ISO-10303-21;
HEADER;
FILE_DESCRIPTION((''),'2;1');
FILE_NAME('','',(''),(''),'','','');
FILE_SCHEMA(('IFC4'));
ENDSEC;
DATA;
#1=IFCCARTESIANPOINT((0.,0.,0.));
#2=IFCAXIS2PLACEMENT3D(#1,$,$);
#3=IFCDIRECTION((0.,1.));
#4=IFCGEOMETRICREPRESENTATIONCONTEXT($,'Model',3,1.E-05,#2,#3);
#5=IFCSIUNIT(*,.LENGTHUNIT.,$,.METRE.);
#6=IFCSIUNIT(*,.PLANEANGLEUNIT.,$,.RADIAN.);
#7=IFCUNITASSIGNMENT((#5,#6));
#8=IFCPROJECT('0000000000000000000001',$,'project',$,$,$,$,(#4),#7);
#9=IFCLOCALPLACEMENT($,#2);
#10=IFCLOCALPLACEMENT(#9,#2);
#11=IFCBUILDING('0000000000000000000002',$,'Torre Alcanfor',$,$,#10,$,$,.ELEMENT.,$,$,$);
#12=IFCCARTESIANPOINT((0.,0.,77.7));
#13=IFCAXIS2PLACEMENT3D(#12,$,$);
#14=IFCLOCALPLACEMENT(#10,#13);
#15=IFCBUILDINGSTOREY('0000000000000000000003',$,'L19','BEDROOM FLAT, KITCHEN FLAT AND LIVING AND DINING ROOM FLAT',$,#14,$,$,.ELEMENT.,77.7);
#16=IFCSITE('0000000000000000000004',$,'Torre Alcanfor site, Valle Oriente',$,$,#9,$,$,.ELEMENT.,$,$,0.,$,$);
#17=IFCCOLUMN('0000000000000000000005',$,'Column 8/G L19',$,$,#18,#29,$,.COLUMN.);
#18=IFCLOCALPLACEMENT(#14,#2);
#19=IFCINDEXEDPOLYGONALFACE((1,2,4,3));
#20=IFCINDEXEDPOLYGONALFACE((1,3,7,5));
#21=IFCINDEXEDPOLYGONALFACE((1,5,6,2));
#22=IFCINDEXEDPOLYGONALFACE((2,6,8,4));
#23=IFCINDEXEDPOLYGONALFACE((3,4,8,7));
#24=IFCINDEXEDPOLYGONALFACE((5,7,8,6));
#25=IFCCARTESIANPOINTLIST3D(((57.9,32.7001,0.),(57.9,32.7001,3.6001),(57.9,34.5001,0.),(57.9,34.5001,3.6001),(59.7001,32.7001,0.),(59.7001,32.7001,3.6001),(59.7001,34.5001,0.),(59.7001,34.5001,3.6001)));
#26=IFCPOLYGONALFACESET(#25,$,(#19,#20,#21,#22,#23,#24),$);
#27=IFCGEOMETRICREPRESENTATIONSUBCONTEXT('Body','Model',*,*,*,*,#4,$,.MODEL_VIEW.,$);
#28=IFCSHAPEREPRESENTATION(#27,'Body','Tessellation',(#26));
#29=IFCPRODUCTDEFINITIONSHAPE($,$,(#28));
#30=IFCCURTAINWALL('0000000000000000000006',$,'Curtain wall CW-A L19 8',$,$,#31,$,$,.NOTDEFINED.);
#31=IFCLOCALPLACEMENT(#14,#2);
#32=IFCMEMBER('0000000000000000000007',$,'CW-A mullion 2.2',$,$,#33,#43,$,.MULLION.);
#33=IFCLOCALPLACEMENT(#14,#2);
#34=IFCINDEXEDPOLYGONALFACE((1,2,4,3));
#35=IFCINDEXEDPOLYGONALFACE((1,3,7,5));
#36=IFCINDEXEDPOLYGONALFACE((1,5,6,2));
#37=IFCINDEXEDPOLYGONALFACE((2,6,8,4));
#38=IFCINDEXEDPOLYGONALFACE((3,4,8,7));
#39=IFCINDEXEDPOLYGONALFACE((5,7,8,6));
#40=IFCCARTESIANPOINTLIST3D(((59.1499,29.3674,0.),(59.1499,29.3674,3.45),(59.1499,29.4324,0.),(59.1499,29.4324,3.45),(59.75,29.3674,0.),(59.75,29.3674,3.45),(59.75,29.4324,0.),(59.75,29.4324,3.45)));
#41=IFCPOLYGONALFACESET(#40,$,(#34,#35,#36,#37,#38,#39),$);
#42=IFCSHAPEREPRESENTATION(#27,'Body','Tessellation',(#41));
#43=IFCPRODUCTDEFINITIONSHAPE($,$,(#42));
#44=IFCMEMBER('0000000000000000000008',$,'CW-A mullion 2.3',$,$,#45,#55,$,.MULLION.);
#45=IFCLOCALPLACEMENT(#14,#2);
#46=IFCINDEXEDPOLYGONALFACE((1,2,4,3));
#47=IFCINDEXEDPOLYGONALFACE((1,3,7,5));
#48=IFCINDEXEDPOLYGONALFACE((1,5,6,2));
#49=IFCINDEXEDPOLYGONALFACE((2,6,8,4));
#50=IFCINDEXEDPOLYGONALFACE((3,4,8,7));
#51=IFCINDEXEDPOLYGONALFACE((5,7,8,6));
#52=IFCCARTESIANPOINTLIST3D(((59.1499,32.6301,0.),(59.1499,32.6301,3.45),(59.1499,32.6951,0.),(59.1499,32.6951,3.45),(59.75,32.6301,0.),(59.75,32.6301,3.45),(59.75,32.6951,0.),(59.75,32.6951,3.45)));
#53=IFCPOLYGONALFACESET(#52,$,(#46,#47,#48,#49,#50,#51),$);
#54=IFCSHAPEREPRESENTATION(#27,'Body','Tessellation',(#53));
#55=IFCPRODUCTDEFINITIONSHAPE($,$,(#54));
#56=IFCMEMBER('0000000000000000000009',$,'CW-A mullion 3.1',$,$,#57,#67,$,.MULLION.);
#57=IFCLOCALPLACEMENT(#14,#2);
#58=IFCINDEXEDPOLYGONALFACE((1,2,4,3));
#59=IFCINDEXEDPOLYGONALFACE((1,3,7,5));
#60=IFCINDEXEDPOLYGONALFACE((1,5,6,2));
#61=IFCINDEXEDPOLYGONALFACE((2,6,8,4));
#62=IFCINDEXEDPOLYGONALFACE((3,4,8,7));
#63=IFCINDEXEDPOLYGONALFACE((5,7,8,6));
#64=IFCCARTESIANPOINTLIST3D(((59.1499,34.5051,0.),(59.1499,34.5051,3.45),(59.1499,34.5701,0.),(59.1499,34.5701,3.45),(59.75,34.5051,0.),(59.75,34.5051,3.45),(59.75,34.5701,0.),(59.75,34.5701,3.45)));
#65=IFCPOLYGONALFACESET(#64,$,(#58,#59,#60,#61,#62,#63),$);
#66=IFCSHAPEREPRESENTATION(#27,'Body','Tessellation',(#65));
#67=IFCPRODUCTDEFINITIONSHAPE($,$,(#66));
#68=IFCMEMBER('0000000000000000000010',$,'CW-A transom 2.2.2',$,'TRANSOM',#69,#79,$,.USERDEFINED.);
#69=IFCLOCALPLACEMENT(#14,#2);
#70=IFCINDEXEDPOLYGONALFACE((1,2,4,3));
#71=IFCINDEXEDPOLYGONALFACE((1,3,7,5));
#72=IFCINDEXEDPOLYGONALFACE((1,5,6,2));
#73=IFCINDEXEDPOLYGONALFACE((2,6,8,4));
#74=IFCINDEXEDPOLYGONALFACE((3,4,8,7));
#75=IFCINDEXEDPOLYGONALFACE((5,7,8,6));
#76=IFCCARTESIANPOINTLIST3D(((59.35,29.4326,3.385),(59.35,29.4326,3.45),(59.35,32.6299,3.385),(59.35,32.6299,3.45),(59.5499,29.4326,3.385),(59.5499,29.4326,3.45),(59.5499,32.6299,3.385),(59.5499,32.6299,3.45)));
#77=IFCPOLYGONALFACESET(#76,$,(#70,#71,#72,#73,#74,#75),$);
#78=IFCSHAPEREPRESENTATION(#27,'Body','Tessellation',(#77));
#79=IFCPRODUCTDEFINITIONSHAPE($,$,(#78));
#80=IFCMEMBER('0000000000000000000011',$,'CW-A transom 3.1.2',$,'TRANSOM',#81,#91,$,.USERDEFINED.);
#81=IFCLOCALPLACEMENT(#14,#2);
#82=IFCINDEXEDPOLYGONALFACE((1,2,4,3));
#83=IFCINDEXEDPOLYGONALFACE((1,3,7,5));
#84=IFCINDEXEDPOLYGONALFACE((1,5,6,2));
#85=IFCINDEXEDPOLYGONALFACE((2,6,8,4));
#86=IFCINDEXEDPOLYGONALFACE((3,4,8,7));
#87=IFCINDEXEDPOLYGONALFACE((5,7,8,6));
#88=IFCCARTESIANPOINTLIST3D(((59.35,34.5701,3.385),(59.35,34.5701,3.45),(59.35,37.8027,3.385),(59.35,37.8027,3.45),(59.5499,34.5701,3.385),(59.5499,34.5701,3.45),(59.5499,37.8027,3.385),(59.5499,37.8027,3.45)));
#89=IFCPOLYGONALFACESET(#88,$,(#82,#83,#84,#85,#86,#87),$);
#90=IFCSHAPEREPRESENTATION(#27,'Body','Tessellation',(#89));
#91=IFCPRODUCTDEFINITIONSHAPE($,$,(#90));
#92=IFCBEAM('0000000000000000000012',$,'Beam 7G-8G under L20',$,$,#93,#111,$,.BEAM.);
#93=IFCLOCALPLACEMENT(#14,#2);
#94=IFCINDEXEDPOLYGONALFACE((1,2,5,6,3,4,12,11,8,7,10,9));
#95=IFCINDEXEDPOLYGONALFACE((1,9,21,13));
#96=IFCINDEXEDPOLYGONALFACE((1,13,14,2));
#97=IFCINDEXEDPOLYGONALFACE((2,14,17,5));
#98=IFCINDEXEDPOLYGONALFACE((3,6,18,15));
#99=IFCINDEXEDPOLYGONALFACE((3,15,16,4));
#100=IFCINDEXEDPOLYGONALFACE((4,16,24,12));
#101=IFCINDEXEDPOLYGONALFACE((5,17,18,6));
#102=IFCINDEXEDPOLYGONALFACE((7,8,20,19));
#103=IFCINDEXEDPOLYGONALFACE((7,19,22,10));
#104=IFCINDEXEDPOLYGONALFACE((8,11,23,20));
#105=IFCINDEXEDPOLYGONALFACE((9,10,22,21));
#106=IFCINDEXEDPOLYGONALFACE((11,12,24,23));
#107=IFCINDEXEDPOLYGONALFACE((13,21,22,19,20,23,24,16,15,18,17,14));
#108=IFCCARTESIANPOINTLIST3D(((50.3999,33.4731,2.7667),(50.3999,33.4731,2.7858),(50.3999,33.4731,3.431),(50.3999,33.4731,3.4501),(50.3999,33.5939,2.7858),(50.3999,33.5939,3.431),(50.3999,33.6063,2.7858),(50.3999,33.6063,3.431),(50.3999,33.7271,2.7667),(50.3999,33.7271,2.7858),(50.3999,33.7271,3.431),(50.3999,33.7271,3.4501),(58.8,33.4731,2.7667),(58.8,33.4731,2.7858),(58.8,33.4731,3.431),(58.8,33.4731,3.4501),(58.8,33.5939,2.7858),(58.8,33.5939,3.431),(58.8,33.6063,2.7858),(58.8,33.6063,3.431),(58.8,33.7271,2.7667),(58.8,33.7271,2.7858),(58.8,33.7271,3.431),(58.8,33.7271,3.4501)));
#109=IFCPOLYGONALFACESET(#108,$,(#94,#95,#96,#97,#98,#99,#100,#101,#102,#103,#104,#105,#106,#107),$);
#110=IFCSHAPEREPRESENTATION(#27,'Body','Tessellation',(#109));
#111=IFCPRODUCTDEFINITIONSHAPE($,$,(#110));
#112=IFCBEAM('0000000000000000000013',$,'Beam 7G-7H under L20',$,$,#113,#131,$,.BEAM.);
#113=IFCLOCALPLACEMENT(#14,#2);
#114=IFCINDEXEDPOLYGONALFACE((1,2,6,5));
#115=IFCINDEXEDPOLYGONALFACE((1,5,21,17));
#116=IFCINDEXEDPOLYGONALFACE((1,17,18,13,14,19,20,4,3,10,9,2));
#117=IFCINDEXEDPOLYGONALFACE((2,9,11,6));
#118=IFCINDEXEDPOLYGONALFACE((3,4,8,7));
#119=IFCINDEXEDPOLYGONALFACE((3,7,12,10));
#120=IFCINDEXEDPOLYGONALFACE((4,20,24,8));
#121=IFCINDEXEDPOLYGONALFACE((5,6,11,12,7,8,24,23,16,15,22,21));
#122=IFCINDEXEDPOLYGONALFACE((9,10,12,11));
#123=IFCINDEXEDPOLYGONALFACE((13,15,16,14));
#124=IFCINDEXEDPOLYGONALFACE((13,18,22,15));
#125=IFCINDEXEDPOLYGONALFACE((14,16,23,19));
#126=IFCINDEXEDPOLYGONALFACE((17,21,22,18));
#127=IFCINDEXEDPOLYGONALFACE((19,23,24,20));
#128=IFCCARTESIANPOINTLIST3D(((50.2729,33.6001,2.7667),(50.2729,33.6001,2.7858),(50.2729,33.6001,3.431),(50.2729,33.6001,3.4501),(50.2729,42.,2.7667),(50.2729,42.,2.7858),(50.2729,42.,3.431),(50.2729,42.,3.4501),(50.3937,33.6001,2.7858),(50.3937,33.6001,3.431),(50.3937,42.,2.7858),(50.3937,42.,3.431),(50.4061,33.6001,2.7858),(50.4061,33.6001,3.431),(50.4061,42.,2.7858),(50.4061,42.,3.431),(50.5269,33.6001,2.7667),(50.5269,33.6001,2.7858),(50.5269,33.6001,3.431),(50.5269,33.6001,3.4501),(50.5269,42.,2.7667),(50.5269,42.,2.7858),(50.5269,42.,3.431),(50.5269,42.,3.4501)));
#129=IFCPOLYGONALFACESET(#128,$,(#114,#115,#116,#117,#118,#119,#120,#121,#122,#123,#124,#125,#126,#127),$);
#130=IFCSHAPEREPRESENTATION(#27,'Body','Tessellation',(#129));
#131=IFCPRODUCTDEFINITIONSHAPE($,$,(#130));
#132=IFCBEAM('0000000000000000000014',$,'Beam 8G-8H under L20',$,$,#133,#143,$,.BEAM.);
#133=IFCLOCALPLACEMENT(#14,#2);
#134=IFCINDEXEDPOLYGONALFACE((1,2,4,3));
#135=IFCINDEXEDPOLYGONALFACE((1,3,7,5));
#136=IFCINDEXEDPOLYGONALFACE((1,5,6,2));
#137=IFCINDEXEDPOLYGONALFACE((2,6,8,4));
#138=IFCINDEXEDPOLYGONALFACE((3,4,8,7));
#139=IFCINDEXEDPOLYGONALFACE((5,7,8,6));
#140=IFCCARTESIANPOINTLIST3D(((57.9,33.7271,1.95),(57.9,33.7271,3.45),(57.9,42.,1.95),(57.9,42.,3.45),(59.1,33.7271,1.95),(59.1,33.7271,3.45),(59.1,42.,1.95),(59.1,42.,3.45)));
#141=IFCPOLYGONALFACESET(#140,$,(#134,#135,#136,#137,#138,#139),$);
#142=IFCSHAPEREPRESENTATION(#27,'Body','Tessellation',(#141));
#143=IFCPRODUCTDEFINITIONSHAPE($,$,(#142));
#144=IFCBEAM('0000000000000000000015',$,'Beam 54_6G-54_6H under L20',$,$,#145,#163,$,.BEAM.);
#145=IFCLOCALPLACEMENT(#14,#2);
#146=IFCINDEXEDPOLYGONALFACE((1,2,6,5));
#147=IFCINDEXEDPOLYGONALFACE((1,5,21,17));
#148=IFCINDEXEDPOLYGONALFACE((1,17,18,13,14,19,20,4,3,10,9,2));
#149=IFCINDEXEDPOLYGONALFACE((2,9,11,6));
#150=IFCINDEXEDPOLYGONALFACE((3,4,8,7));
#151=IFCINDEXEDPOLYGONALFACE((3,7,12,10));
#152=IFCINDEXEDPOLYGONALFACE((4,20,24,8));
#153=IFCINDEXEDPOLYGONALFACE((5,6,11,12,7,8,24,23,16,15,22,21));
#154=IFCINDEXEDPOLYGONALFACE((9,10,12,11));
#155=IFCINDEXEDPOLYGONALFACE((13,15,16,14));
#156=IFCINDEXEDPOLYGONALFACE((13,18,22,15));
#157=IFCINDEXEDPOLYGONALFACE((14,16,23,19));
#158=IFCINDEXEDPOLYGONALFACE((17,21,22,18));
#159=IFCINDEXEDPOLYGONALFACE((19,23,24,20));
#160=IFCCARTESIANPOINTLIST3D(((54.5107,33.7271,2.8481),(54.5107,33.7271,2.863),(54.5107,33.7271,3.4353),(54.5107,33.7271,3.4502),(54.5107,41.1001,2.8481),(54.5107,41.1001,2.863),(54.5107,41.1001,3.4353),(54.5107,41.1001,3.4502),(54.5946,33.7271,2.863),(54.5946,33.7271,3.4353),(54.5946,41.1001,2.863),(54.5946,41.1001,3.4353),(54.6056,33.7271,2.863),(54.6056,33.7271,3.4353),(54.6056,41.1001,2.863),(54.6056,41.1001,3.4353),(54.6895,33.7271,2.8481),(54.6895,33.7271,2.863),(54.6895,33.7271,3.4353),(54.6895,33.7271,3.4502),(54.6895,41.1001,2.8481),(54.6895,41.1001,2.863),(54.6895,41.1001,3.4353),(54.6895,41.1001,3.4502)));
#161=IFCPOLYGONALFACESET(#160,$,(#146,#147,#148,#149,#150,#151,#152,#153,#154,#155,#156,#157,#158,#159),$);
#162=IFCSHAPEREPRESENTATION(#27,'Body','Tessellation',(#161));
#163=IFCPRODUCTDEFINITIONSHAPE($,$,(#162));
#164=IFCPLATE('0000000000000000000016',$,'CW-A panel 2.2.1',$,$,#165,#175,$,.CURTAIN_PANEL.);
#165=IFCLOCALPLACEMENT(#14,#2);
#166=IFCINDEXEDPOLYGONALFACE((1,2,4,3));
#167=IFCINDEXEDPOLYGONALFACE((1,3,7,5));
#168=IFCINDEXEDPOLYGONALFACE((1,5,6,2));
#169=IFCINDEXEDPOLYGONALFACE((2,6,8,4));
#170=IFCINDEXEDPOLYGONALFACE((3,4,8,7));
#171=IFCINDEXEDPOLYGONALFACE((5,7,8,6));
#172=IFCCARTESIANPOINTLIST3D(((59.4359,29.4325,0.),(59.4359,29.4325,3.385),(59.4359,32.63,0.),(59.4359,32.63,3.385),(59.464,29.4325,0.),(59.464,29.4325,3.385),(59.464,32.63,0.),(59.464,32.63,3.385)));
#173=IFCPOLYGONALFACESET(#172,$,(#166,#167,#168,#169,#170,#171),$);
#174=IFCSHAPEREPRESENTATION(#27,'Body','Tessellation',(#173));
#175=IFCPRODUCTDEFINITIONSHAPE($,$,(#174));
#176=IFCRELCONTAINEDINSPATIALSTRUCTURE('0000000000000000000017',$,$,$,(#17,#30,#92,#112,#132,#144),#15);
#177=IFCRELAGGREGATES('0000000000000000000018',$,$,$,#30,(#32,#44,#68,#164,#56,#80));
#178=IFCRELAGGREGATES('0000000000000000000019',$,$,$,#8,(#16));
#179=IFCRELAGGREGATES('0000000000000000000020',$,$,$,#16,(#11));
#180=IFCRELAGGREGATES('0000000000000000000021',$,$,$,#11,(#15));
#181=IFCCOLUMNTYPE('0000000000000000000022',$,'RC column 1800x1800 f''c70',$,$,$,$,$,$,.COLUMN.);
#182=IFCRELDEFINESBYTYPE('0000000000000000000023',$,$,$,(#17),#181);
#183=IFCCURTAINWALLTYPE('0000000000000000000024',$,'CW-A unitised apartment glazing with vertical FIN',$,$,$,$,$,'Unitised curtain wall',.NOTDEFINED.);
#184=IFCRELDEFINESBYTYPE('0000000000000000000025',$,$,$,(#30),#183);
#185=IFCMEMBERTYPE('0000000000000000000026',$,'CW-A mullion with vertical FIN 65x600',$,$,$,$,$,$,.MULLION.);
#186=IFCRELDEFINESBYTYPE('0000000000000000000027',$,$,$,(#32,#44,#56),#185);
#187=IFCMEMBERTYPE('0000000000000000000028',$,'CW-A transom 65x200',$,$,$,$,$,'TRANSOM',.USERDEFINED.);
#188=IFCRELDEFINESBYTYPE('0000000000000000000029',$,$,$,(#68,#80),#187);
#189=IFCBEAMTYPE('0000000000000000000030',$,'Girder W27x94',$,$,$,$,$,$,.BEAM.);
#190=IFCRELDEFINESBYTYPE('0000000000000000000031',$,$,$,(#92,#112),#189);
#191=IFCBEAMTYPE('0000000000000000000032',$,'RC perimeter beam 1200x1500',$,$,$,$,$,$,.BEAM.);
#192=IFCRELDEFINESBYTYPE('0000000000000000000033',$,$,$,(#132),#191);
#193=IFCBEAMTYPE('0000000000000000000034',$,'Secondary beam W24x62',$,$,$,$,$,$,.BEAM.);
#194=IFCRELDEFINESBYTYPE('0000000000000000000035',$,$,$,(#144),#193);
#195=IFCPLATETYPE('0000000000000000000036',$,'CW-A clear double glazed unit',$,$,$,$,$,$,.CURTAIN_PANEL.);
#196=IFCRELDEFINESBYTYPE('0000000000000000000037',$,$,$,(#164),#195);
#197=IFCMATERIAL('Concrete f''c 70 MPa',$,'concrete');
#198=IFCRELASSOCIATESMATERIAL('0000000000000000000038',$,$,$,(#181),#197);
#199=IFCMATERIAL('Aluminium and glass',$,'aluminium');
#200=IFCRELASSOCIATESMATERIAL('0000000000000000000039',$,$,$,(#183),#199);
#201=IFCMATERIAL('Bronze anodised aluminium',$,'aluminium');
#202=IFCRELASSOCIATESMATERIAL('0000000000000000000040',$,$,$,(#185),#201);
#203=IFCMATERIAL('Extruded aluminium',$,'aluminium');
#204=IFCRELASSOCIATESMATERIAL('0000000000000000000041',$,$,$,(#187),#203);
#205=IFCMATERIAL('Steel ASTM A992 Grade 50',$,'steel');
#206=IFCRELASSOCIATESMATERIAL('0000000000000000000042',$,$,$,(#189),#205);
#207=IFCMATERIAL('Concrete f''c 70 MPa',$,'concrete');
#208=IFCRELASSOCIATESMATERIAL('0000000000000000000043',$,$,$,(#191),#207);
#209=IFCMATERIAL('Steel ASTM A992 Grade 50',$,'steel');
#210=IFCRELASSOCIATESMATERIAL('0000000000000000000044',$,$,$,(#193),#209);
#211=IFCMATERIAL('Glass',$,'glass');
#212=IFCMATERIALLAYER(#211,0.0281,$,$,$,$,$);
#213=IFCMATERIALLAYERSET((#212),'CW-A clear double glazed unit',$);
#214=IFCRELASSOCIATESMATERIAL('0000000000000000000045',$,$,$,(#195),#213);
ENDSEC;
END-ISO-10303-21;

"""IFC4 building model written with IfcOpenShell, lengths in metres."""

from ifc_helpers import new_model, si_unit, direction, frame, origin, origin_2d, place, context, subcontext, project, spatial, rectangle, i_section, extrude, material, layer, layer_set, material_profile, profile_set, type_object, element, aggregate, save


model = new_model("IFC4")

# Units and contexts
model_context = context("Model", 3, precision=1e-05, world=origin(), true_north=direction((0.0, 1.0)))
body_context = subcontext(model_context, "Body", "Model", "MODEL_VIEW")
ifc_project = project(units=[si_unit("LENGTHUNIT", "METRE"), si_unit("PLANEANGLEUNIT", "RADIAN")], contexts=[model_context])

# Site, building, storey
site_placement = place(None, origin())
site = spatial("IfcSite", under=ifc_project, at=site_placement, Name="Torre Alcanfor site, Valle Oriente", CompositionType="ELEMENT", RefElevation=0.0)
building_placement = place(site_placement, origin())
building = spatial("IfcBuilding", under=site, at=building_placement, Name="Torre Alcanfor", CompositionType="ELEMENT")
storey_placement = place(building_placement, frame((0.0, 0.0, 77.7)))
storey = spatial("IfcBuildingStorey", under=building, at=storey_placement, Name="L19", Description="BEDROOM FLAT, KITCHEN FLAT AND LIVING AND DINING ROOM FLAT", CompositionType="ELEMENT", Elevation=77.7)

# Column
ifc_material_1 = material(Name="Concrete f'c 70 MPa", Category="concrete")
ifc_material_profile_1 = material_profile(ifc_material_1, rectangle(XDim=1.8, YDim=1.8, at=origin_2d()), Name="1800x1800")
ifc_profile_set_1 = profile_set([ifc_material_profile_1], Name="Concrete f'c 70 MPa")
column_type = type_object("IfcColumnType", Name="RC column 1800x1800 f'c70", PredefinedType="COLUMN", material=ifc_profile_set_1)
column_placement = place(storey_placement, frame((58.8, 33.6001, 0.0), z_axis=(0.0, 0.0, 1.0), x_axis=(1.0, 0.0, 0.0)))
element("IfcColumn", 1, at=column_placement, inside=storey, type_object=column_type, Name="Column 8/G L19", PredefinedType="COLUMN", context=body_context, shape_type="SweptSolid", body=[
    extrude(rectangle(XDim=1.8, YDim=1.8, at=origin_2d()), origin(), (0.0, 0.0, 1.0), 3.6001),
])

# Curtain wall, members
ifc_material_2 = material(Name="Aluminium and glass", Category="aluminium")
curtain_wall_type = type_object("IfcCurtainWallType", Name="CW-A unitised apartment glazing with vertical FIN", ElementType="Unitised curtain wall", PredefinedType="NOTDEFINED", material=ifc_material_2)
curtain_wall_placement = place(storey_placement, origin())
curtain_wall = element("IfcCurtainWall", 2, at=curtain_wall_placement, inside=storey, type_object=curtain_wall_type, Name="Curtain wall CW-A L19 8", PredefinedType="NOTDEFINED")
ifc_material_3 = material(Name="Bronze anodised aluminium", Category="aluminium")
ifc_material_profile_2 = material_profile(ifc_material_3, rectangle(XDim=0.6001, YDim=0.0649, at=origin_2d()), Name="CW-A mullion 65x600")
ifc_profile_set_2 = profile_set([ifc_material_profile_2], Name="Bronze anodised aluminium")
member_type_1 = type_object("IfcMemberType", Name="CW-A mullion with vertical FIN 65x600", PredefinedType="MULLION", material=ifc_profile_set_2)
member_1_placement = place(storey_placement, frame((59.45, 29.3999, 0.0), z_axis=(0.0, 0.0, 1.0), x_axis=(-1.0, 0.0, 0.0)))
member_1 = element("IfcMember", 3, at=member_1_placement, type_object=member_type_1, Name="CW-A mullion 2.2", PredefinedType="MULLION", context=body_context, shape_type="SweptSolid", body=[
    extrude(rectangle(XDim=0.6001, YDim=0.0649, at=origin_2d()), origin(), (0.0, 0.0, 1.0), 3.45),
])
member_2_placement = place(storey_placement, frame((59.45, 32.6626, 0.0), z_axis=(0.0, 0.0, 1.0), x_axis=(-1.0, 0.0, 0.0)))
member_2 = element("IfcMember", 4, at=member_2_placement, type_object=member_type_1, Name="CW-A mullion 2.3", PredefinedType="MULLION", context=body_context, shape_type="SweptSolid", body=[
    extrude(rectangle(XDim=0.6001, YDim=0.0649, at=origin_2d()), origin(), (0.0, 0.0, 1.0), 3.45),
])
member_3_placement = place(storey_placement, frame((59.45, 34.5376, 0.0), z_axis=(0.0, 0.0, 1.0), x_axis=(-1.0, 0.0, 0.0)))
member_3 = element("IfcMember", 5, at=member_3_placement, type_object=member_type_1, Name="CW-A mullion 3.1", PredefinedType="MULLION", context=body_context, shape_type="SweptSolid", body=[
    extrude(rectangle(XDim=0.6001, YDim=0.0649, at=origin_2d()), origin(), (0.0, 0.0, 1.0), 3.45),
])
ifc_material_4 = material(Name="Extruded aluminium", Category="aluminium")
ifc_material_profile_3 = material_profile(ifc_material_4, rectangle(XDim=0.2, YDim=0.0649, at=origin_2d()), Name="CW-A transom 200x65")
ifc_profile_set_3 = profile_set([ifc_material_profile_3], Name="Extruded aluminium")
member_type_2 = type_object("IfcMemberType", Name="CW-A transom 65x200", ElementType="TRANSOM", PredefinedType="USERDEFINED", material=ifc_profile_set_3)
member_4_placement = place(storey_placement, frame((59.45, 29.4326, 3.4175), z_axis=(0.0, 1.0, 0.0), x_axis=(-1.0, 0.0, 0.0)))
member_4 = element("IfcMember", 6, at=member_4_placement, type_object=member_type_2, Name="CW-A transom 2.2.2", ObjectType="TRANSOM", PredefinedType="USERDEFINED", context=body_context, shape_type="SweptSolid", body=[
    extrude(rectangle(XDim=0.2, YDim=0.0649, at=origin_2d()), origin(), (0.0, 0.0, 1.0), 3.1973),
])
member_5_placement = place(storey_placement, frame((59.45, 34.5701, 3.4175), z_axis=(0.0, 1.0, 0.0), x_axis=(-1.0, 0.0, 0.0)))
member_5 = element("IfcMember", 7, at=member_5_placement, type_object=member_type_2, Name="CW-A transom 3.1.2", ObjectType="TRANSOM", PredefinedType="USERDEFINED", context=body_context, shape_type="SweptSolid", body=[
    extrude(rectangle(XDim=0.2, YDim=0.0649, at=origin_2d()), origin(), (0.0, 0.0, 1.0), 3.2327),
])

# Beams
ifc_material_5 = material(Name="Steel ASTM A992 Grade 50", Category="steel")
ifc_material_profile_4 = material_profile(ifc_material_5, i_section(OverallWidth=0.2539, OverallDepth=0.6833, WebThickness=0.0125, FlangeThickness=0.019, at=origin_2d()), Name="W27x94")
ifc_profile_set_4 = profile_set([ifc_material_profile_4], Name="Steel ASTM A992 Grade 50")
beam_type_1 = type_object("IfcBeamType", Name="Girder W27x94", PredefinedType="BEAM", material=ifc_profile_set_4)
beam_1_placement = place(storey_placement, frame((50.3999, 33.6001, 3.1084), z_axis=(1.0, 0.0, 0.0), x_axis=(0.0, 1.0, 0.0)))
element("IfcBeam", 8, at=beam_1_placement, inside=storey, type_object=beam_type_1, Name="Beam 7G-8G under L20", PredefinedType="BEAM", context=body_context, shape_type="SweptSolid", body=[
    extrude(i_section(OverallWidth=0.2539, OverallDepth=0.6833, WebThickness=0.0125, FlangeThickness=0.019, at=origin_2d()), origin(), (0.0, 0.0, 1.0), 8.4001),
])
beam_2_placement = place(storey_placement, frame((50.3999, 33.6001, 3.1084), z_axis=(0.0, 1.0, 0.0), x_axis=(-1.0, 0.0, 0.0)))
element("IfcBeam", 9, at=beam_2_placement, inside=storey, type_object=beam_type_1, Name="Beam 7G-7H under L20", PredefinedType="BEAM", context=body_context, shape_type="SweptSolid", body=[
    extrude(i_section(OverallWidth=0.2539, OverallDepth=0.6833, WebThickness=0.0125, FlangeThickness=0.019, at=origin_2d()), origin(), (0.0, 0.0, 1.0), 8.3999),
])
ifc_material_6 = material(Name="Concrete f'c 70 MPa", Category="concrete")
ifc_material_profile_5 = material_profile(ifc_material_6, rectangle(XDim=1.2, YDim=1.5, at=origin_2d()), Name="1200x1500")
ifc_profile_set_5 = profile_set([ifc_material_profile_5], Name="Concrete f'c 70 MPa")
beam_type_2 = type_object("IfcBeamType", Name="RC perimeter beam 1200x1500", PredefinedType="BEAM", material=ifc_profile_set_5)
beam_3_placement = place(storey_placement, frame((58.5, 33.7271, 2.7), z_axis=(0.0, 1.0, 0.0), x_axis=(-1.0, 0.0, 0.0)))
element("IfcBeam", 10, at=beam_3_placement, inside=storey, type_object=beam_type_2, Name="Beam 8G-8H under L20", PredefinedType="BEAM", context=body_context, shape_type="SweptSolid", body=[
    extrude(rectangle(XDim=1.2, YDim=1.5, at=origin_2d()), origin(), (0.0, 0.0, 1.0), 8.2729),
])
ifc_material_7 = material(Name="Steel ASTM A992 Grade 50", Category="steel")
ifc_material_profile_6 = material_profile(ifc_material_7, i_section(OverallWidth=0.1787, OverallDepth=0.6021, WebThickness=0.011, FlangeThickness=0.0149, at=origin_2d()), Name="W24x62")
ifc_profile_set_6 = profile_set([ifc_material_profile_6], Name="Steel ASTM A992 Grade 50")
beam_type_3 = type_object("IfcBeamType", Name="Secondary beam W24x62", PredefinedType="BEAM", material=ifc_profile_set_6)
beam_4_placement = place(storey_placement, frame((54.6001, 33.7271, 3.1492), z_axis=(0.0, 1.0, 0.0), x_axis=(-1.0, 0.0, 0.0)))
element("IfcBeam", 11, at=beam_4_placement, inside=storey, type_object=beam_type_3, Name="Beam 54_6G-54_6H under L20", PredefinedType="BEAM", context=body_context, shape_type="SweptSolid", body=[
    extrude(i_section(OverallWidth=0.1787, OverallDepth=0.6021, WebThickness=0.011, FlangeThickness=0.0149, at=origin_2d()), origin(), (0.0, 0.0, 1.0), 7.373),
])

# Plate
ifc_material_8 = material(Name="Glass", Category="glass")
ifc_layer_1 = layer(ifc_material_8, 0.0281)
ifc_layer_set_1 = layer_set([ifc_layer_1], Name="CW-A clear double glazed unit")
plate_type = type_object("IfcPlateType", Name="CW-A clear double glazed unit", PredefinedType="CURTAIN_PANEL", material=ifc_layer_set_1)
plate_placement = place(storey_placement, frame((59.45, 31.0312, 0.0), z_axis=(0.0, 0.0, 1.0), x_axis=(0.0, 1.0, 0.0)))
plate = element("IfcPlate", 12, at=plate_placement, type_object=plate_type, Name="CW-A panel 2.2.1", PredefinedType="CURTAIN_PANEL", context=body_context, shape_type="SweptSolid", body=[
    extrude(rectangle(XDim=3.1975, YDim=0.0281, at=origin_2d()), origin(), (0.0, 0.0, 1.0), 3.385),
])
aggregate(curtain_wall, [member_1, member_2, member_4, plate, member_3, member_5])

save(model, "model.ifc")
